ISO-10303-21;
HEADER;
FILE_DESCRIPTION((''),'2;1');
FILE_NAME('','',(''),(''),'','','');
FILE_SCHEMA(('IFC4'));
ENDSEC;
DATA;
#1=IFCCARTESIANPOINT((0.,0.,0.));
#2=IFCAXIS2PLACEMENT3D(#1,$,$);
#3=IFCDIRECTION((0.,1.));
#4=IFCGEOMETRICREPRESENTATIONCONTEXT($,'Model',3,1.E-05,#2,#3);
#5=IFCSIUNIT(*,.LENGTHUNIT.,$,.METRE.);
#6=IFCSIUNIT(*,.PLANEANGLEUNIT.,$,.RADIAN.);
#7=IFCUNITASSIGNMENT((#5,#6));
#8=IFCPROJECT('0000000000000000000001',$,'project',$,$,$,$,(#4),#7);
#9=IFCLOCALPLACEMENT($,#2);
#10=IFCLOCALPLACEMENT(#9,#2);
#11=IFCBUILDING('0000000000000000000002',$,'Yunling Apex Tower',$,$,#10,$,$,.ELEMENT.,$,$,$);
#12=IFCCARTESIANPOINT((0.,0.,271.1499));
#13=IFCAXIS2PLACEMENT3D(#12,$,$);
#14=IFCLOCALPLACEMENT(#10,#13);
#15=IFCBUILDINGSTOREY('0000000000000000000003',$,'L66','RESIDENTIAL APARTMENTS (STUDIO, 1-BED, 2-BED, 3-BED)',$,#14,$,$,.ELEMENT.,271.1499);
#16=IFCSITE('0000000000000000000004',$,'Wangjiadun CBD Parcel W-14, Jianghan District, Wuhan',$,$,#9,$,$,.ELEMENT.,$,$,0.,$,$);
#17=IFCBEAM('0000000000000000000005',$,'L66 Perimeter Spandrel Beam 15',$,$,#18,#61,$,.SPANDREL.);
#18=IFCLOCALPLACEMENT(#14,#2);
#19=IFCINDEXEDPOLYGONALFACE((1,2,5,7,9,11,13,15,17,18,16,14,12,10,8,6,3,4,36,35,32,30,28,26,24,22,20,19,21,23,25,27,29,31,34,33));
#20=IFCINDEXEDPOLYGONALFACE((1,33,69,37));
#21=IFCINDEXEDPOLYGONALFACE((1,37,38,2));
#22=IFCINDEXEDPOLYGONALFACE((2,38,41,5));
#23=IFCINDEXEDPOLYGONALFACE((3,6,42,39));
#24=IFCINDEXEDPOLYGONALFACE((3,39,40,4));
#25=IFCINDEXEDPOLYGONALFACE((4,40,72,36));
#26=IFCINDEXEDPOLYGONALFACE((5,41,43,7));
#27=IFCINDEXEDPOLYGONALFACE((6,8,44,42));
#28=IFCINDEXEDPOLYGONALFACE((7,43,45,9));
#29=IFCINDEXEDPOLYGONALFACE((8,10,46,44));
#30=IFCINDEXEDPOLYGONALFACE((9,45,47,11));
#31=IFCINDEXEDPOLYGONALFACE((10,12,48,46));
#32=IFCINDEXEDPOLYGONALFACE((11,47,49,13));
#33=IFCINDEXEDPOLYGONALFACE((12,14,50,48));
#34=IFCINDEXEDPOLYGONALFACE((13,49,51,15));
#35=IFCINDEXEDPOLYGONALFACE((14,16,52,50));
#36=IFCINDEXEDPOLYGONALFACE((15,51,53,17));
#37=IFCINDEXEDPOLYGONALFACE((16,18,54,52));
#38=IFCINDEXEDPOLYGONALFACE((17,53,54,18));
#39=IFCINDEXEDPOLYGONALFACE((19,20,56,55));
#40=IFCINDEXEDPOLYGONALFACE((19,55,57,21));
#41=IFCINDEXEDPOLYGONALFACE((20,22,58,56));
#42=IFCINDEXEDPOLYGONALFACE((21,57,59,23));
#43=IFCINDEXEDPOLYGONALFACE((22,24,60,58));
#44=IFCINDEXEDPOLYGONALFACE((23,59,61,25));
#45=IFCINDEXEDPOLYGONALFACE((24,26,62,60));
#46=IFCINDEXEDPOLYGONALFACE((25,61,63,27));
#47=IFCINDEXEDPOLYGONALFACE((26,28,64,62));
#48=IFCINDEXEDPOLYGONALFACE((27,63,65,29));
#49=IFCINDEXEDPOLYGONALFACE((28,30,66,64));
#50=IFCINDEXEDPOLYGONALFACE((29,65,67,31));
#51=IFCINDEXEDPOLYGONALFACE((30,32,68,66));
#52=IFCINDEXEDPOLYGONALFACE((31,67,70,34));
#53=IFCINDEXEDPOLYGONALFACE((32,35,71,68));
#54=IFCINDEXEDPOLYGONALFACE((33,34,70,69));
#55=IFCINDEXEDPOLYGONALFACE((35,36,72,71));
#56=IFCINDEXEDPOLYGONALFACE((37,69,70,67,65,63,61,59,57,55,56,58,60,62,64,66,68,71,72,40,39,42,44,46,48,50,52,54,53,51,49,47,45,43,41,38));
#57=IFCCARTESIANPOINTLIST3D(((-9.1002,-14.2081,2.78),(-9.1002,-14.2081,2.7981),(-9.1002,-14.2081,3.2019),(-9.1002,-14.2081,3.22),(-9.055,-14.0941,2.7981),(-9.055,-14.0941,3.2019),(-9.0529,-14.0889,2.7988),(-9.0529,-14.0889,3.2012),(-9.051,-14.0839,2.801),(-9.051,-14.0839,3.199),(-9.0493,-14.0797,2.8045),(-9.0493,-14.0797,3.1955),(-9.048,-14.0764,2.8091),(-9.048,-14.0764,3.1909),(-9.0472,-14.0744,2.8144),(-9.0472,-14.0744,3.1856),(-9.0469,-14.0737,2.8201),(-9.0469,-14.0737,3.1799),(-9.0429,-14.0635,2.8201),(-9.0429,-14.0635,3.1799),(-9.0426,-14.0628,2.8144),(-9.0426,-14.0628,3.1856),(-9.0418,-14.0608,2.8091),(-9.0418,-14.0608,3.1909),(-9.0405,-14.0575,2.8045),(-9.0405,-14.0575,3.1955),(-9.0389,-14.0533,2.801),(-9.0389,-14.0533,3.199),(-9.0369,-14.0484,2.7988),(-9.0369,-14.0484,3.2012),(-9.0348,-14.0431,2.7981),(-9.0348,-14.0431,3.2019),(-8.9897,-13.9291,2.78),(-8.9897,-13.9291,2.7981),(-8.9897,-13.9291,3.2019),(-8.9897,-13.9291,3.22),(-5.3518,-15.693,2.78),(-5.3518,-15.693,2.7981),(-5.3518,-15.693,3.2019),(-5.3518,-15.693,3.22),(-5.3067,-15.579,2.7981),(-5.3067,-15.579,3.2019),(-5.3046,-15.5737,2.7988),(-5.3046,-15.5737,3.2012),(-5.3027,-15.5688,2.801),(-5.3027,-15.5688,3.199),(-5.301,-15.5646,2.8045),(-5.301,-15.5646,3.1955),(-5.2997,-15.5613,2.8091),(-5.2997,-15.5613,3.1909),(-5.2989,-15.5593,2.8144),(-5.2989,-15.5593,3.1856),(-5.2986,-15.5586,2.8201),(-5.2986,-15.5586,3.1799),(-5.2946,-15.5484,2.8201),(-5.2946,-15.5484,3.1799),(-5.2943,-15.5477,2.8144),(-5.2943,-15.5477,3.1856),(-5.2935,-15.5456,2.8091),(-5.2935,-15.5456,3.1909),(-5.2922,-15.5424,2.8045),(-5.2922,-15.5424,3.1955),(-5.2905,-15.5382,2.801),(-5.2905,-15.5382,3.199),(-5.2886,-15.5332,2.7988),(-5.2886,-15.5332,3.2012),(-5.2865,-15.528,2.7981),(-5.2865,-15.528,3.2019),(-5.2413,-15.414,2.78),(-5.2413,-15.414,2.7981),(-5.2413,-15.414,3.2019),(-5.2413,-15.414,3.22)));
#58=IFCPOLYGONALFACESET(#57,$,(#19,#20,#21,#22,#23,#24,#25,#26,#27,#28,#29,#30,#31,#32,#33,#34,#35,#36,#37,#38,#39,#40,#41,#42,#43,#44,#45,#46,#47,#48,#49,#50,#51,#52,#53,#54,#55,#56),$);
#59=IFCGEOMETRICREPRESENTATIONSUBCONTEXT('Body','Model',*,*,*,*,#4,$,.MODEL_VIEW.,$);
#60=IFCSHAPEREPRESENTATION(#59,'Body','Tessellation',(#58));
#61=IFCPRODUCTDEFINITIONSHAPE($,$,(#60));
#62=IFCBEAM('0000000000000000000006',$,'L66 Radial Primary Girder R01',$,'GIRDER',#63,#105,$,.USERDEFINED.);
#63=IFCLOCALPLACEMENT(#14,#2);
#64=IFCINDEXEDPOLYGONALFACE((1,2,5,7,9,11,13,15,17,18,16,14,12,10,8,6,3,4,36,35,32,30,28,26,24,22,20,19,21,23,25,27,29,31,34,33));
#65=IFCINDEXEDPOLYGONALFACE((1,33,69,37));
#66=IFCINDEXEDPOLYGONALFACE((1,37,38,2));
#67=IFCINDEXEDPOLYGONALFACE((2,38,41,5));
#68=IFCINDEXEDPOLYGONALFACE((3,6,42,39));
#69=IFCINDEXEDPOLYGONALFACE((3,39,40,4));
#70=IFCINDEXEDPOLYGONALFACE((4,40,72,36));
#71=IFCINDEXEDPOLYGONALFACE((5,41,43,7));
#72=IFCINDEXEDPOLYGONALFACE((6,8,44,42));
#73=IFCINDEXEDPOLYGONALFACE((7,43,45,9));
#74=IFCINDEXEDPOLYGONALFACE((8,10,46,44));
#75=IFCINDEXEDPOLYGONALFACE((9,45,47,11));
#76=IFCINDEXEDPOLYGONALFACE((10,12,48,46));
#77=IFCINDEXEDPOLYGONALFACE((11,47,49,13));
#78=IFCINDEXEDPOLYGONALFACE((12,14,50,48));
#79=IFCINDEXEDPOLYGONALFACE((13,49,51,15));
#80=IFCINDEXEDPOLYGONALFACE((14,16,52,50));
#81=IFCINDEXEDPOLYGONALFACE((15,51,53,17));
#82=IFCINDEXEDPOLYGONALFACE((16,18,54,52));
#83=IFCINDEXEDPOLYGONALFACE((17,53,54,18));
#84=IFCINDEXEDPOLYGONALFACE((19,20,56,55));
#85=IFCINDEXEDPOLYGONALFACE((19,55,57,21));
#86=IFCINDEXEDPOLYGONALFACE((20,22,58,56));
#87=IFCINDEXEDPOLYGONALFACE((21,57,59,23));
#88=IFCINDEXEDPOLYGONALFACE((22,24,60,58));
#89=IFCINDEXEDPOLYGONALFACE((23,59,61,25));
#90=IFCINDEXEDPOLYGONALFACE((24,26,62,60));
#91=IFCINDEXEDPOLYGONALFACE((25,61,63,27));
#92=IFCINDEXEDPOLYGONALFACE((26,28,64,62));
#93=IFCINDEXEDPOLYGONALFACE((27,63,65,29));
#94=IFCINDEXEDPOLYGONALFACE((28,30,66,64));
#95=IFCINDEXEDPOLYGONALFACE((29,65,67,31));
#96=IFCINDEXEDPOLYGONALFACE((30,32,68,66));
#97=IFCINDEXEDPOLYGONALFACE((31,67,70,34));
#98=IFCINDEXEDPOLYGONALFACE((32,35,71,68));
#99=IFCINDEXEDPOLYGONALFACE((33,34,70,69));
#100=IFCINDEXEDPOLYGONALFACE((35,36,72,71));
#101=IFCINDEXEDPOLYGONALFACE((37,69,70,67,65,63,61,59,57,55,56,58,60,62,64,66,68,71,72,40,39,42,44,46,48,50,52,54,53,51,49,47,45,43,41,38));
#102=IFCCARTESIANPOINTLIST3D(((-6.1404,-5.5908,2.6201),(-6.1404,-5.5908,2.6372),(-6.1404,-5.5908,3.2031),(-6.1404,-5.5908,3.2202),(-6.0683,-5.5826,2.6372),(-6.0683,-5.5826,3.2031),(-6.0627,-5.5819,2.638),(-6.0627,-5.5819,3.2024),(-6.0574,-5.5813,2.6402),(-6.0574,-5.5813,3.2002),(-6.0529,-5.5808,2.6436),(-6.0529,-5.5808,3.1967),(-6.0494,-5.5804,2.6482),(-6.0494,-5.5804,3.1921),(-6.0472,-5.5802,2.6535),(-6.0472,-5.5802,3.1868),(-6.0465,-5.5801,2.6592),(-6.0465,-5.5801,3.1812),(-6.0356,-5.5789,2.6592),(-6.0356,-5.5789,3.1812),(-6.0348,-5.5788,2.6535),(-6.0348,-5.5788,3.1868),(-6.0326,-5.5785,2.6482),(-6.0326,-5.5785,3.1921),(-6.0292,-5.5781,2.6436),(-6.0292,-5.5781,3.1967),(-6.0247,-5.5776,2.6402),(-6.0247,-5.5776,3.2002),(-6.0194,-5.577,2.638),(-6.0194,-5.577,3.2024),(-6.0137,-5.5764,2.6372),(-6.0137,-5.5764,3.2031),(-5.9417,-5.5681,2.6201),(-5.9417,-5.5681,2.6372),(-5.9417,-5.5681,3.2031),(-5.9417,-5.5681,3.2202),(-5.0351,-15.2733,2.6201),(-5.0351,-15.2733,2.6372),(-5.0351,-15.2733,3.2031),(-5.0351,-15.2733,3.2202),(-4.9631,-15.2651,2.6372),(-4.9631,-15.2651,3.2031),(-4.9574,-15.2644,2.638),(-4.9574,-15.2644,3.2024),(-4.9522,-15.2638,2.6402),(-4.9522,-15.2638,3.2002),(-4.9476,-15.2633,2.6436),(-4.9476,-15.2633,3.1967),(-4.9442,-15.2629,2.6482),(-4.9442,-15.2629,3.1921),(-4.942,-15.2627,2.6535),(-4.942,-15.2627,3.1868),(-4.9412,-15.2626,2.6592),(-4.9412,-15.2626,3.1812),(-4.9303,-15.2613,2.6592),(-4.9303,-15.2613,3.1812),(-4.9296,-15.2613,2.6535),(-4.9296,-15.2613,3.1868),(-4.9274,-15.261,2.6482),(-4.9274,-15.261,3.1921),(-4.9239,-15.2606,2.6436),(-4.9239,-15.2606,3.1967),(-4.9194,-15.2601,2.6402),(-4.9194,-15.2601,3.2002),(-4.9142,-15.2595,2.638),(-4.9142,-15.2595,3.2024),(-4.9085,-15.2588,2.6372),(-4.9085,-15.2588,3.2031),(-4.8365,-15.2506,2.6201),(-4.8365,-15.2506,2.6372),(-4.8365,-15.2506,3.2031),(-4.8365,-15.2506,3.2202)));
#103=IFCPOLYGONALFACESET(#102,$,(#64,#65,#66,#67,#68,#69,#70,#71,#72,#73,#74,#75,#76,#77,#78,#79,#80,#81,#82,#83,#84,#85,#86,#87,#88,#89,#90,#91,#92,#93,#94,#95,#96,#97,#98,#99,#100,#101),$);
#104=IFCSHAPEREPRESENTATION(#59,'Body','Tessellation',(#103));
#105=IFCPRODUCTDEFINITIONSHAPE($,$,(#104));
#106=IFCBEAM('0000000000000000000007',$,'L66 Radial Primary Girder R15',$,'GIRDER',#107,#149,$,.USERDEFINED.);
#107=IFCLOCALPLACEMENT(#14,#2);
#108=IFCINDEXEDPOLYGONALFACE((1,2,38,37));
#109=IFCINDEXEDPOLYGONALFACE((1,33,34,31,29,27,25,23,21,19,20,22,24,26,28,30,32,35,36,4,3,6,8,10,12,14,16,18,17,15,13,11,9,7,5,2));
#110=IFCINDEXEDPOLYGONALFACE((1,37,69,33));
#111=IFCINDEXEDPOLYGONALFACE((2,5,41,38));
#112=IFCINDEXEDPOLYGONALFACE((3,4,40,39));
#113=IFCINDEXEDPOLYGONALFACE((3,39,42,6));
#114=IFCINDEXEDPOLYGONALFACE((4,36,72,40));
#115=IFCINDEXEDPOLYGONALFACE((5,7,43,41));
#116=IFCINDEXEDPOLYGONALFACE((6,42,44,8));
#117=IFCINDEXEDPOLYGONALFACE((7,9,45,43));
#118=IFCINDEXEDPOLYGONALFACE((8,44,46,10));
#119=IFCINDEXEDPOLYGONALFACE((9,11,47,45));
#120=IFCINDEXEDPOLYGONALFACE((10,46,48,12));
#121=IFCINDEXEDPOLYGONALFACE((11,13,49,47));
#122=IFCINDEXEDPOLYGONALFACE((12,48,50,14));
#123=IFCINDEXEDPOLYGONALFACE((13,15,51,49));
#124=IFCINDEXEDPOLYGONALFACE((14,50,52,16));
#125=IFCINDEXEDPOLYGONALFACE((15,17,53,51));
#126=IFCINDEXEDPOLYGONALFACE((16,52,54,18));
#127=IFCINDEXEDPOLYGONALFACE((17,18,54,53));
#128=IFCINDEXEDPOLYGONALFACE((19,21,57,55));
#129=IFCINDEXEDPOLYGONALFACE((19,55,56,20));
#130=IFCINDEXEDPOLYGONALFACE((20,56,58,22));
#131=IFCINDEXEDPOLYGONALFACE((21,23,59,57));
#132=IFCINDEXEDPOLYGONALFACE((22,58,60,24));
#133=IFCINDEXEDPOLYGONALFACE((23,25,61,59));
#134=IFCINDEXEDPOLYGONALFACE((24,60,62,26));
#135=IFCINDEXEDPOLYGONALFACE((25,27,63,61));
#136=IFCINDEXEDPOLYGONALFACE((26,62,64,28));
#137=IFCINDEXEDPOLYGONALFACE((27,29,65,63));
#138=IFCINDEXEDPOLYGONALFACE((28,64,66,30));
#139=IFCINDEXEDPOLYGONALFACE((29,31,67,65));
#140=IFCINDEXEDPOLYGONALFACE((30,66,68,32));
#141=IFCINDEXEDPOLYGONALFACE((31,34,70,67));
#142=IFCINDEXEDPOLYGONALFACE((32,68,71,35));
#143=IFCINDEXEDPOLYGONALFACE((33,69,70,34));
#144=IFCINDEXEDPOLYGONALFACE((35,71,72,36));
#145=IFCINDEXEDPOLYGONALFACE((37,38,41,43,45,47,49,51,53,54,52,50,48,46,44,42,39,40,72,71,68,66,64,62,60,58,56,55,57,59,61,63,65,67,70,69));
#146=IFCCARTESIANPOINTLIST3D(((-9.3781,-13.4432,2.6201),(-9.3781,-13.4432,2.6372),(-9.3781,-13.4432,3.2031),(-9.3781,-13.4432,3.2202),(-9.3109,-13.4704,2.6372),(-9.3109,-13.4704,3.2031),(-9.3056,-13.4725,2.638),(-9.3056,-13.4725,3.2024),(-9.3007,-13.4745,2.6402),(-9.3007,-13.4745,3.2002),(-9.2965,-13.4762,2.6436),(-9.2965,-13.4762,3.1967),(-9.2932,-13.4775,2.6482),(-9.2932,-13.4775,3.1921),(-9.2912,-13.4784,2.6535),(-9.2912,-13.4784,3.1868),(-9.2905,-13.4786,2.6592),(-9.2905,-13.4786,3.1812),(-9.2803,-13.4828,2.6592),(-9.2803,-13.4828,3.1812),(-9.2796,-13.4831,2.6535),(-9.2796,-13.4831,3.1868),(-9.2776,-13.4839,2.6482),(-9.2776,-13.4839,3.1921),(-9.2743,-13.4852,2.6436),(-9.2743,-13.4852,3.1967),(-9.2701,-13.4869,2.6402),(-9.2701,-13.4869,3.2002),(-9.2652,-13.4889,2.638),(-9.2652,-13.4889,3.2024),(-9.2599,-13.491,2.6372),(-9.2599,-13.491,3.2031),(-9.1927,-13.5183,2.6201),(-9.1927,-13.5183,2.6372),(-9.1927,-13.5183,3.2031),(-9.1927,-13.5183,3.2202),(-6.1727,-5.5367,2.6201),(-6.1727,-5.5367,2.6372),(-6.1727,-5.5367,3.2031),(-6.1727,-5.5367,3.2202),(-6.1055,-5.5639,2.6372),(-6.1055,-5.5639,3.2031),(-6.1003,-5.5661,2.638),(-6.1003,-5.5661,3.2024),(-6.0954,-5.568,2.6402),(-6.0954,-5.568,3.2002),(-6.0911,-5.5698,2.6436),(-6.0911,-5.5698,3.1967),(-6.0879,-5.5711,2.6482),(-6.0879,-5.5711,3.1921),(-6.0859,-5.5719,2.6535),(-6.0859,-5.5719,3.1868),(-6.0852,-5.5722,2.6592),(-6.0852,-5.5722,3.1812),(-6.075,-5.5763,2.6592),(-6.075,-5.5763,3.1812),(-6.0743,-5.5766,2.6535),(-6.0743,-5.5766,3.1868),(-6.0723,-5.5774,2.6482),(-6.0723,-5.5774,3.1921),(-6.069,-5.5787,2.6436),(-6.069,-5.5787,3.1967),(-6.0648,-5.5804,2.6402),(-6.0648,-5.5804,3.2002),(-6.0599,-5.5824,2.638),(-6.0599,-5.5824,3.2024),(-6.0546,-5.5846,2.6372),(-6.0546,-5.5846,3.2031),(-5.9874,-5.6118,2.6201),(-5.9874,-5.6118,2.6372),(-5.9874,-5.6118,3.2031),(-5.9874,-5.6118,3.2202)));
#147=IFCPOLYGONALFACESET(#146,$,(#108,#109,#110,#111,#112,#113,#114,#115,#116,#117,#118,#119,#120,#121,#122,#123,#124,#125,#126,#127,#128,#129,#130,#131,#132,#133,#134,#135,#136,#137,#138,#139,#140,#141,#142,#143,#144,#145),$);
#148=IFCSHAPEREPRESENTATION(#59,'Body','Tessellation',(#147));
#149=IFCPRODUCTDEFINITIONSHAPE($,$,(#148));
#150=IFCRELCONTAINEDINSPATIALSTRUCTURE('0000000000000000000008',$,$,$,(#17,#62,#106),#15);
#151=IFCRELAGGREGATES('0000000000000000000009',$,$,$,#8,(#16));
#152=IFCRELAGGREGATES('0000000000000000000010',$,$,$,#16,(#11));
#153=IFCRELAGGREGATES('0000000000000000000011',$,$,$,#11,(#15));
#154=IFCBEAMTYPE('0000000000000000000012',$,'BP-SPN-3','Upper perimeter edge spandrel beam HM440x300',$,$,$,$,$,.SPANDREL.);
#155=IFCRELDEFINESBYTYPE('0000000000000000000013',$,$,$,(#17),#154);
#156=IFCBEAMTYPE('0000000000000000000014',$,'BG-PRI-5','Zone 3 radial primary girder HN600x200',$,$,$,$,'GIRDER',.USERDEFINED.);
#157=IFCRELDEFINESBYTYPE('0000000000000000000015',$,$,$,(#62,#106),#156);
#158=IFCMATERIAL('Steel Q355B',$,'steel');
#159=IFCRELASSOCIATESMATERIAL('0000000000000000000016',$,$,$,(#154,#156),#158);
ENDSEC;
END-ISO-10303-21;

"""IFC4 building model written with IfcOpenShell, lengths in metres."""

from ifc_helpers import new_model, si_unit, direction, frame, origin, origin_2d, place, context, subcontext, project, spatial, i_section, extrude, source, transform, mapped, material, material_profile, profile_set, type_object, element, save


model = new_model("IFC4")

# Units and contexts
model_context = context("Model", 3, precision=1e-05, world=origin(), true_north=direction((0.0, 1.0)))
body_context = subcontext(model_context, "Body", "Model", "MODEL_VIEW")
ifc_project = project(units=[si_unit("LENGTHUNIT", "METRE"), si_unit("PLANEANGLEUNIT", "RADIAN")], contexts=[model_context])

# Site, building, storey
site_placement = place(None, origin())
site = spatial("IfcSite", under=ifc_project, at=site_placement, Name="Wangjiadun CBD Parcel W-14, Jianghan District, Wuhan", CompositionType="ELEMENT", RefElevation=0.0)
building_placement = place(site_placement, origin())
building = spatial("IfcBuilding", under=site, at=building_placement, Name="Yunling Apex Tower", CompositionType="ELEMENT")
storey_placement = place(building_placement, frame((0.0, 0.0, 271.1499)))
storey = spatial("IfcBuildingStorey", under=building, at=storey_placement, Name="L66", Description="RESIDENTIAL APARTMENTS (STUDIO, 1-BED, 2-BED, 3-BED)", CompositionType="ELEMENT", Elevation=271.1499)

# Shared definitions
ifc_material_1 = material(Name="Steel Q355B", Category="steel")

# Beams
ifc_material_profile_1 = material_profile(ifc_material_1, i_section(OverallWidth=0.3, OverallDepth=0.4399, WebThickness=0.011, FlangeThickness=0.0181, FilletRadius=0.022, at=origin_2d()))
ifc_profile_set_1 = profile_set([ifc_material_profile_1], Name="Steel Q355B")
beam_type_1 = type_object("IfcBeamType", Name="BP-SPN-3", Description="Upper perimeter edge spandrel beam HM440x300", PredefinedType="SPANDREL", material=ifc_profile_set_1)
shared_shape_1 = source(origin(), body_context, "Body", "SweptSolid", [
    extrude(i_section(OverallWidth=0.3, OverallDepth=0.4399, WebThickness=0.011, FlangeThickness=0.0181, FilletRadius=0.022, at=origin_2d()), origin(), (0.0, 0.0, 1.0), 4.0317),
])
beam_1_placement = place(storey_placement, frame((-9.0449, -14.0686, 3.0), z_axis=(0.929708, -0.368298, 0.0), x_axis=(0.368298, 0.929708, 0.0)))
element("IfcBeam", 1, at=beam_1_placement, inside=storey, type_object=beam_type_1, Name="L66 Perimeter Spandrel Beam 15", PredefinedType="SPANDREL", context=body_context, shape_type="MappedRepresentation", body=[
    mapped(shared_shape_1, transform((0.0, 0.0, 0.0), scale=1.0)),
])
ifc_material_profile_2 = material_profile(ifc_material_1, i_section(OverallWidth=0.2, OverallDepth=0.6001, WebThickness=0.011, FlangeThickness=0.0171, FilletRadius=0.022, at=origin_2d()))
ifc_profile_set_2 = profile_set([ifc_material_profile_2], Name="Steel Q355B")
beam_type_2 = type_object("IfcBeamType", Name="BG-PRI-5", Description="Zone 3 radial primary girder HN600x200", ElementType="GIRDER", PredefinedType="USERDEFINED", material=ifc_profile_set_2)
shared_shape_2 = source(origin(), body_context, "Body", "SweptSolid", [
    extrude(i_section(OverallWidth=0.2, OverallDepth=0.6001, WebThickness=0.011, FlangeThickness=0.0171, FilletRadius=0.022, at=origin_2d()), origin(), (0.0, 0.0, 1.0), 9.7454),
])
beam_2_placement = place(storey_placement, frame((-4.9358, -15.262, 2.9202), z_axis=(-0.113412, 0.993548, 0.0), x_axis=(-0.993548, -0.113412, 0.0)))
element("IfcBeam", 2, at=beam_2_placement, inside=storey, type_object=beam_type_2, Name="L66 Radial Primary Girder R01", ObjectType="GIRDER", PredefinedType="USERDEFINED", context=body_context, shape_type="MappedRepresentation", body=[
    mapped(shared_shape_2, transform((0.0, 0.0, 0.0), scale=1.0)),
])
shared_shape_3 = source(origin(), body_context, "Body", "SweptSolid", [
    extrude(i_section(OverallWidth=0.2, OverallDepth=0.6001, WebThickness=0.011, FlangeThickness=0.0171, FilletRadius=0.022, at=origin_2d()), origin(), (0.0, 0.0, 1.0), 8.5315),
])
beam_3_placement = place(storey_placement, frame((-9.2854, -13.4807, 2.9202), z_axis=(0.375704, 0.92674, 0.0), x_axis=(-0.92674, 0.375704, 0.0)))
element("IfcBeam", 3, at=beam_3_placement, inside=storey, type_object=beam_type_2, Name="L66 Radial Primary Girder R15", ObjectType="GIRDER", PredefinedType="USERDEFINED", context=body_context, shape_type="MappedRepresentation", body=[
    mapped(shared_shape_3, transform((0.0, 0.0, 0.0), scale=1.0)),
])

save(model, "model.ifc")
